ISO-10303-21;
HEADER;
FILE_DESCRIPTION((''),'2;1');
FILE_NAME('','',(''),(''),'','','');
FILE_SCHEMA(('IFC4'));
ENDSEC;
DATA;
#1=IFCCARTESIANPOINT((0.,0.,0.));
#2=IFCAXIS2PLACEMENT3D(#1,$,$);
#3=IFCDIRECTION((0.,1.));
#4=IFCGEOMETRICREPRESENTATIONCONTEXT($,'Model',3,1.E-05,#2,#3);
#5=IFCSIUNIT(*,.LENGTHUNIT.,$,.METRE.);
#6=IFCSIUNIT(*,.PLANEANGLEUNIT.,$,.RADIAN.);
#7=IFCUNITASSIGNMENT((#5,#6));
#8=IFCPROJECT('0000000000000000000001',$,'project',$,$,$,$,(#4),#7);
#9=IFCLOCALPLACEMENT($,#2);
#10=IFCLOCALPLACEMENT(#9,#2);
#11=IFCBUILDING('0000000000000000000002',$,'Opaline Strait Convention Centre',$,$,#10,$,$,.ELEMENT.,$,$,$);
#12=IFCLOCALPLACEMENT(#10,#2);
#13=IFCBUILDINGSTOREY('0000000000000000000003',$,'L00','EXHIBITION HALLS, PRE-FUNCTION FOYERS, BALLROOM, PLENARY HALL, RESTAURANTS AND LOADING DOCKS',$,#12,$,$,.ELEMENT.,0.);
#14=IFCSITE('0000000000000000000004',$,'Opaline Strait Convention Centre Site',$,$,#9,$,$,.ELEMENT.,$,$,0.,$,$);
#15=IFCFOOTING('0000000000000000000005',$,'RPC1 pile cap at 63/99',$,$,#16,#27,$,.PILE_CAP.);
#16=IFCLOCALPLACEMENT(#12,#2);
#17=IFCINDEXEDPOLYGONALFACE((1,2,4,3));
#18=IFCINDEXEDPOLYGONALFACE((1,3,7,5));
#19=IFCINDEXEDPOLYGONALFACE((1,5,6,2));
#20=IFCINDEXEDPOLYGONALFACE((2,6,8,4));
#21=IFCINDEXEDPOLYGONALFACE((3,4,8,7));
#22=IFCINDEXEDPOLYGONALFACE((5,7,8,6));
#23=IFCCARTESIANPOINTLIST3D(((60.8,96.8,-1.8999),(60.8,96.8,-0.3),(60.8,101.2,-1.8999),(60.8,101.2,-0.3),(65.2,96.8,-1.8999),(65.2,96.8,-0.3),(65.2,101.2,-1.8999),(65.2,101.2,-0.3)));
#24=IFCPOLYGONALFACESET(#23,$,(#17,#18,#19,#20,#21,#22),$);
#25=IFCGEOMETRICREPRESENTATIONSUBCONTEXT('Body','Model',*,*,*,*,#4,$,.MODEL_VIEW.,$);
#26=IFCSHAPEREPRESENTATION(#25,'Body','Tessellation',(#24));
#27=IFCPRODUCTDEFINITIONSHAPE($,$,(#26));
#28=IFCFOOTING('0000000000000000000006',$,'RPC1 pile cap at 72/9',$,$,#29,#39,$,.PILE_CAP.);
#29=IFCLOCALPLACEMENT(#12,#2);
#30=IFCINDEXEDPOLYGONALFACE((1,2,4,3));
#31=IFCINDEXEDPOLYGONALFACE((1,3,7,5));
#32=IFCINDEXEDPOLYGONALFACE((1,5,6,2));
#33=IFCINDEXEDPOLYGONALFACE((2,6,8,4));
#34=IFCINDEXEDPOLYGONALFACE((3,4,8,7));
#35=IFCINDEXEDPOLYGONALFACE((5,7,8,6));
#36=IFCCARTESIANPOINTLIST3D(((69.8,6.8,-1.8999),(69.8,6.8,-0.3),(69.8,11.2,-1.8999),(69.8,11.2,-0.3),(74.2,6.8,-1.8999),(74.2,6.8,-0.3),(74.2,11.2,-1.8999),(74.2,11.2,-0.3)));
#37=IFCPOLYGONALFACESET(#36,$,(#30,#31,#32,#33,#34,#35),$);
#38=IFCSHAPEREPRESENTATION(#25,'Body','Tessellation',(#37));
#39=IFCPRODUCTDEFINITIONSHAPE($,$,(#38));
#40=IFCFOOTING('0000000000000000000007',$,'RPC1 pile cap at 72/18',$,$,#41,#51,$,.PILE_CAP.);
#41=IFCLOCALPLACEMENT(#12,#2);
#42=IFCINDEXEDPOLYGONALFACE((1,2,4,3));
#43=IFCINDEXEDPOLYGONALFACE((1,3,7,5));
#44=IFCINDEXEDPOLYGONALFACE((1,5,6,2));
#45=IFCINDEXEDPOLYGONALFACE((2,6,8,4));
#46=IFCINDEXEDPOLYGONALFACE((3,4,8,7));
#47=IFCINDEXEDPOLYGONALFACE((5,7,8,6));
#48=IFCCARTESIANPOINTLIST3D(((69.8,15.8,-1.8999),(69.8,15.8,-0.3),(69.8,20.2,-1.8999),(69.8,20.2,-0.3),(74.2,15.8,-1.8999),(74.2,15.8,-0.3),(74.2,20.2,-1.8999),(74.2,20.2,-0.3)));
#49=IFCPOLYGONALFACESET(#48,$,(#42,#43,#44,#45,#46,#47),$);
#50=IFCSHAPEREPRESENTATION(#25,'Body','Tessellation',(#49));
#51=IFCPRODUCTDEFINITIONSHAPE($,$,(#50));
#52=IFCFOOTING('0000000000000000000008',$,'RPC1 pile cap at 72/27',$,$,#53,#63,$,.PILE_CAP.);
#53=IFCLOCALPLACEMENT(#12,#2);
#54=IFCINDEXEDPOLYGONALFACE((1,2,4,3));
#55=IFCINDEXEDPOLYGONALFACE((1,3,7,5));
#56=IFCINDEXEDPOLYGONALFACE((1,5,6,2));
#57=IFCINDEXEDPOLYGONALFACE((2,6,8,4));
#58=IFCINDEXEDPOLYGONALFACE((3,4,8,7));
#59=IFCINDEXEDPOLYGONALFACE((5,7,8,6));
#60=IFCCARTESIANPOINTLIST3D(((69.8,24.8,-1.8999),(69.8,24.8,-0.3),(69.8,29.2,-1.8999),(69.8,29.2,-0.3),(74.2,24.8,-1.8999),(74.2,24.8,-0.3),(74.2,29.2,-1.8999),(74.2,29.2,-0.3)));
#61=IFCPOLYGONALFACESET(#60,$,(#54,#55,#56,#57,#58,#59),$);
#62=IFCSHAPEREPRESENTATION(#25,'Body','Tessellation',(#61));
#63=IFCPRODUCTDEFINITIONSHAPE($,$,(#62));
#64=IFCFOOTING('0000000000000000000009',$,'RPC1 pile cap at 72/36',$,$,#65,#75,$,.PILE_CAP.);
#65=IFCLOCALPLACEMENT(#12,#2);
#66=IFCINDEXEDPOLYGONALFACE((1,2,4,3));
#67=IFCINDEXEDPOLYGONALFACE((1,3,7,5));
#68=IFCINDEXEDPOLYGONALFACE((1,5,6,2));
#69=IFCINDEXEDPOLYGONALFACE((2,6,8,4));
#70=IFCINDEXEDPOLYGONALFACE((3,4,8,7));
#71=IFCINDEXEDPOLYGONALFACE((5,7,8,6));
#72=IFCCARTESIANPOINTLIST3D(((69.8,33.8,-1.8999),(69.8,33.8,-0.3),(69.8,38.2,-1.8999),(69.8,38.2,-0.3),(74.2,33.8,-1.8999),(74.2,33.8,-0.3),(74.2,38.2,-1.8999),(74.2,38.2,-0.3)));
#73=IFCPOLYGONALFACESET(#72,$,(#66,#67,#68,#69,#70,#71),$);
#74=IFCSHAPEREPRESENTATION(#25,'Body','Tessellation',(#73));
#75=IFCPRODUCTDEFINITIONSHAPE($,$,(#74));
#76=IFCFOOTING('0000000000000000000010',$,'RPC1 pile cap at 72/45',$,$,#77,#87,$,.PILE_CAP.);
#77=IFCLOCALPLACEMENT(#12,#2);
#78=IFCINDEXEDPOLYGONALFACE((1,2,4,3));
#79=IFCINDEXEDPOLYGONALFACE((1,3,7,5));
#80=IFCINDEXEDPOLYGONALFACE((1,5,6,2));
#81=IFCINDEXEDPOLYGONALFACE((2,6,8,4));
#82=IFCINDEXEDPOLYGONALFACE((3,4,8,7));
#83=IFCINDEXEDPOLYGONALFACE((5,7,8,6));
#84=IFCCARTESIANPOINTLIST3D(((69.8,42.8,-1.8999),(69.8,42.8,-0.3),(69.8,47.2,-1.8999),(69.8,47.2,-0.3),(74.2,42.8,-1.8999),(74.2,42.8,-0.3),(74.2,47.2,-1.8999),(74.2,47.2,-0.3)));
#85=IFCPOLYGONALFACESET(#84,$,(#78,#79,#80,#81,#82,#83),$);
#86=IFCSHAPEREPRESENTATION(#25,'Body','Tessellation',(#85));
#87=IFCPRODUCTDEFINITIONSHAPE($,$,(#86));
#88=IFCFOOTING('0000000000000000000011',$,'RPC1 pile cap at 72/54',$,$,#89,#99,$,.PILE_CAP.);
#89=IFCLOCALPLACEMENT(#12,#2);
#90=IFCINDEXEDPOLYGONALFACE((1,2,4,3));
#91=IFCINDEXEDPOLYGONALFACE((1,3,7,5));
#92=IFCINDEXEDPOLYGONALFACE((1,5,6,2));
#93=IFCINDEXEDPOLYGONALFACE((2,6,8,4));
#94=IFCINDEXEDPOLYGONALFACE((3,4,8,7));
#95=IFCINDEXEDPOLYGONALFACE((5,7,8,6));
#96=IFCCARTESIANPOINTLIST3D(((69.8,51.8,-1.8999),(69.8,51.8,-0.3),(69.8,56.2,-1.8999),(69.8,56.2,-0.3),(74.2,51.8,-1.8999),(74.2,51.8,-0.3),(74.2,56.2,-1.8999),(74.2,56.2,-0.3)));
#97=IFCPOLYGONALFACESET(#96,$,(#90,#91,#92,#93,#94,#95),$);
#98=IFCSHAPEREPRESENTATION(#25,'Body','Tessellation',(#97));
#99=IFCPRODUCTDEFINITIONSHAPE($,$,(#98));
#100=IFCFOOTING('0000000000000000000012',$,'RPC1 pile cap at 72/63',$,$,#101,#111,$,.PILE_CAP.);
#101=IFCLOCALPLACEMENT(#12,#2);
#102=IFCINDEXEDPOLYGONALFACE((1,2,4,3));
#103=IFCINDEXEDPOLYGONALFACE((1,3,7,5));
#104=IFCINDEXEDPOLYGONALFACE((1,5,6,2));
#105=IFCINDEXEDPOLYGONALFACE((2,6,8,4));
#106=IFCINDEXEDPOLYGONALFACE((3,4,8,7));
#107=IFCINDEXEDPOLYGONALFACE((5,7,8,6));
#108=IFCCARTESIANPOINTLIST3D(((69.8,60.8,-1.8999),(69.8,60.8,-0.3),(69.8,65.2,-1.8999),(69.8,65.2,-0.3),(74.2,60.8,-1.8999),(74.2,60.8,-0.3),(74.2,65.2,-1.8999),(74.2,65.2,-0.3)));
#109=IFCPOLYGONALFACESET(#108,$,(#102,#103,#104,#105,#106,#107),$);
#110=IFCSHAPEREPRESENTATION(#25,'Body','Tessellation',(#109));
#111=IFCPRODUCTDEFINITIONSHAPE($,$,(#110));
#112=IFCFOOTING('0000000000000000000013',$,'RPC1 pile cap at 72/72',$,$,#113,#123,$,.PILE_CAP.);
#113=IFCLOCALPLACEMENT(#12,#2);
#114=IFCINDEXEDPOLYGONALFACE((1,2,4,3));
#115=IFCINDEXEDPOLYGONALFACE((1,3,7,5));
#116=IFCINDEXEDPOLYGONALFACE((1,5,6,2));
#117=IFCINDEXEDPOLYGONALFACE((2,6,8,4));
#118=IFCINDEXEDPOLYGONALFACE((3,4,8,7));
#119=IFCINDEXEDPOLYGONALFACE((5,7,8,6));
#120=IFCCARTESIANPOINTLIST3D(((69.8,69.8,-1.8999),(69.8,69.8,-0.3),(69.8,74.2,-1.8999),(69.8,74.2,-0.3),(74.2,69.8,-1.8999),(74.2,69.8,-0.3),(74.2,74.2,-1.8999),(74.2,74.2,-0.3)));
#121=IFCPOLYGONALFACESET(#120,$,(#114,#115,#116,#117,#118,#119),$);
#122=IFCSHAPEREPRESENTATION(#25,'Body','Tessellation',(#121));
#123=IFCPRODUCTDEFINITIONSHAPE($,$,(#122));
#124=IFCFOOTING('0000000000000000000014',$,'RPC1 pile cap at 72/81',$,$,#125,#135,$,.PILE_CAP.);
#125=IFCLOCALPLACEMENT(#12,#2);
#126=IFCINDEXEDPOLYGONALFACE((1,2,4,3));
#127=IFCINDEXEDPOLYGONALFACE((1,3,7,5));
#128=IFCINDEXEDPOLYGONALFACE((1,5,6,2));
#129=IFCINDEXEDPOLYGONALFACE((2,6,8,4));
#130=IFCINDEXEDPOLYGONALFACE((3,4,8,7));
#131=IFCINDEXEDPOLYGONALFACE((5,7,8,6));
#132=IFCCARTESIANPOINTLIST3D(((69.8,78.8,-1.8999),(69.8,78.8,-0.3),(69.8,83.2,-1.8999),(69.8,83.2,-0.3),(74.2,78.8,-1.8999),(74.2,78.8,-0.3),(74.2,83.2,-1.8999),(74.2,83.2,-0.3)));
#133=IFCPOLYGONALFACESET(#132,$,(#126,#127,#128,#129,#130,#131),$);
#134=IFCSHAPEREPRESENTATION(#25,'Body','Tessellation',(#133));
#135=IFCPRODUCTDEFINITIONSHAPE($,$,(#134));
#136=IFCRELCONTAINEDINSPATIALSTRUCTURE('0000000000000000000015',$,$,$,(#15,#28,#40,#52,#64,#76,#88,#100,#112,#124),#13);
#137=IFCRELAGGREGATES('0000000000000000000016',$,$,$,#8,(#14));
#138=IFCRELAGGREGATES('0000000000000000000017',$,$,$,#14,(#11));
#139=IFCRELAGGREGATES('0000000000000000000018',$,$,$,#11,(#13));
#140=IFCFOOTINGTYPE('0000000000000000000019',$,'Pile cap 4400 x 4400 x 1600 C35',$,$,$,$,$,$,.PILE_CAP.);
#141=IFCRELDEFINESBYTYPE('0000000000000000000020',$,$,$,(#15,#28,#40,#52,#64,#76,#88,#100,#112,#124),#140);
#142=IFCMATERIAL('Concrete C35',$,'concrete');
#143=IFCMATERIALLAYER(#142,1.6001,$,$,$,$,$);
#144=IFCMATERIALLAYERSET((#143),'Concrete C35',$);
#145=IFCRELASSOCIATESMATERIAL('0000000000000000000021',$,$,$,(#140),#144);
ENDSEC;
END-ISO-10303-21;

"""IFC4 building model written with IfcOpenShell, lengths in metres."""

from ifc_helpers import new_model, si_unit, direction, frame, origin, place, context, subcontext, project, spatial, polyline, outline, extrude, material, layer, layer_set, type_object, element, save


model = new_model("IFC4")

# Units and contexts
model_context = context("Model", 3, precision=1e-05, world=origin(), true_north=direction((0.0, 1.0)))
body_context = subcontext(model_context, "Body", "Model", "MODEL_VIEW")
ifc_project = project(units=[si_unit("LENGTHUNIT", "METRE"), si_unit("PLANEANGLEUNIT", "RADIAN")], contexts=[model_context])

# Site, building, storey
site_placement = place(None, origin())
site = spatial("IfcSite", under=ifc_project, at=site_placement, Name="Opaline Strait Convention Centre Site", CompositionType="ELEMENT", RefElevation=0.0)
building_placement = place(site_placement, origin())
building = spatial("IfcBuilding", under=site, at=building_placement, Name="Opaline Strait Convention Centre", CompositionType="ELEMENT")
storey_placement = place(building_placement, origin())
storey = spatial("IfcBuildingStorey", under=building, at=storey_placement, Name="L00", Description="EXHIBITION HALLS, PRE-FUNCTION FOYERS, BALLROOM, PLENARY HALL, RESTAURANTS AND LOADING DOCKS", CompositionType="ELEMENT", Elevation=0.0)

# Footings
ifc_material = material(Name="Concrete C35", Category="concrete")
ifc_layer = layer(ifc_material, 1.6001)
ifc_layer_set = layer_set([ifc_layer], Name="Concrete C35")
footing_type = type_object("IfcFootingType", Name="Pile cap 4400 x 4400 x 1600 C35", PredefinedType="PILE_CAP", material=ifc_layer_set)
footing_1_placement = place(storey_placement, frame((0.0, 0.0, -1.8999)))
element("IfcFooting", 1, at=footing_1_placement, inside=storey, type_object=footing_type, Name="RPC1 pile cap at 63/99", PredefinedType="PILE_CAP", context=body_context, shape_type="SweptSolid", body=[
    extrude(outline(polyline([(60.8, 96.8), (65.2, 96.8), (65.2, 101.2), (60.8, 101.2), (60.8, 96.8)])), origin(), (0.0, 0.0, 1.0), 1.5999),
])
footing_2_placement = place(storey_placement, frame((0.0, 0.0, -1.8999)))
element("IfcFooting", 2, at=footing_2_placement, inside=storey, type_object=footing_type, Name="RPC1 pile cap at 72/9", PredefinedType="PILE_CAP", context=body_context, shape_type="SweptSolid", body=[
    extrude(outline(polyline([(69.8, 6.8), (74.2, 6.8), (74.2, 11.2), (69.8, 11.2), (69.8, 6.8)])), origin(), (0.0, 0.0, 1.0), 1.5999),
])
footing_3_placement = place(storey_placement, frame((0.0, 0.0, -1.8999)))
element("IfcFooting", 3, at=footing_3_placement, inside=storey, type_object=footing_type, Name="RPC1 pile cap at 72/18", PredefinedType="PILE_CAP", context=body_context, shape_type="SweptSolid", body=[
    extrude(outline(polyline([(69.8, 15.8), (74.2, 15.8), (74.2, 20.2), (69.8, 20.2), (69.8, 15.8)])), origin(), (0.0, 0.0, 1.0), 1.5999),
])
footing_4_placement = place(storey_placement, frame((0.0, 0.0, -1.8999)))
element("IfcFooting", 4, at=footing_4_placement, inside=storey, type_object=footing_type, Name="RPC1 pile cap at 72/27", PredefinedType="PILE_CAP", context=body_context, shape_type="SweptSolid", body=[
    extrude(outline(polyline([(69.8, 24.8), (74.2, 24.8), (74.2, 29.2), (69.8, 29.2), (69.8, 24.8)])), origin(), (0.0, 0.0, 1.0), 1.5999),
])
footing_5_placement = place(storey_placement, frame((0.0, 0.0, -1.8999)))
element("IfcFooting", 5, at=footing_5_placement, inside=storey, type_object=footing_type, Name="RPC1 pile cap at 72/36", PredefinedType="PILE_CAP", context=body_context, shape_type="SweptSolid", body=[
    extrude(outline(polyline([(69.8, 33.8), (74.2, 33.8), (74.2, 38.2), (69.8, 38.2), (69.8, 33.8)])), origin(), (0.0, 0.0, 1.0), 1.5999),
])
footing_6_placement = place(storey_placement, frame((0.0, 0.0, -1.8999)))
element("IfcFooting", 6, at=footing_6_placement, inside=storey, type_object=footing_type, Name="RPC1 pile cap at 72/45", PredefinedType="PILE_CAP", context=body_context, shape_type="SweptSolid", body=[
    extrude(outline(polyline([(69.8, 42.8), (74.2, 42.8), (74.2, 47.2), (69.8, 47.2), (69.8, 42.8)])), origin(), (0.0, 0.0, 1.0), 1.5999),
])
footing_7_placement = place(storey_placement, frame((0.0, 0.0, -1.8999)))
element("IfcFooting", 7, at=footing_7_placement, inside=storey, type_object=footing_type, Name="RPC1 pile cap at 72/54", PredefinedType="PILE_CAP", context=body_context, shape_type="SweptSolid", body=[
    extrude(outline(polyline([(69.8, 51.8), (74.2, 51.8), (74.2, 56.2), (69.8, 56.2), (69.8, 51.8)])), origin(), (0.0, 0.0, 1.0), 1.5999),
])
footing_8_placement = place(storey_placement, frame((0.0, 0.0, -1.8999)))
element("IfcFooting", 8, at=footing_8_placement, inside=storey, type_object=footing_type, Name="RPC1 pile cap at 72/63", PredefinedType="PILE_CAP", context=body_context, shape_type="SweptSolid", body=[
    extrude(outline(polyline([(69.8, 60.8), (74.2, 60.8), (74.2, 65.2), (69.8, 65.2), (69.8, 60.8)])), origin(), (0.0, 0.0, 1.0), 1.5999),
])
footing_9_placement = place(storey_placement, frame((0.0, 0.0, -1.8999)))
element("IfcFooting", 9, at=footing_9_placement, inside=storey, type_object=footing_type, Name="RPC1 pile cap at 72/72", PredefinedType="PILE_CAP", context=body_context, shape_type="SweptSolid", body=[
    extrude(outline(polyline([(69.8, 69.8), (74.2, 69.8), (74.2, 74.2), (69.8, 74.2), (69.8, 69.8)])), origin(), (0.0, 0.0, 1.0), 1.5999),
])
footing_10_placement = place(storey_placement, frame((0.0, 0.0, -1.8999)))
element("IfcFooting", 10, at=footing_10_placement, inside=storey, type_object=footing_type, Name="RPC1 pile cap at 72/81", PredefinedType="PILE_CAP", context=body_context, shape_type="SweptSolid", body=[
    extrude(outline(polyline([(69.8, 78.8), (74.2, 78.8), (74.2, 83.2), (69.8, 83.2), (69.8, 78.8)])), origin(), (0.0, 0.0, 1.0), 1.5999),
])

save(model, "model.ifc")
